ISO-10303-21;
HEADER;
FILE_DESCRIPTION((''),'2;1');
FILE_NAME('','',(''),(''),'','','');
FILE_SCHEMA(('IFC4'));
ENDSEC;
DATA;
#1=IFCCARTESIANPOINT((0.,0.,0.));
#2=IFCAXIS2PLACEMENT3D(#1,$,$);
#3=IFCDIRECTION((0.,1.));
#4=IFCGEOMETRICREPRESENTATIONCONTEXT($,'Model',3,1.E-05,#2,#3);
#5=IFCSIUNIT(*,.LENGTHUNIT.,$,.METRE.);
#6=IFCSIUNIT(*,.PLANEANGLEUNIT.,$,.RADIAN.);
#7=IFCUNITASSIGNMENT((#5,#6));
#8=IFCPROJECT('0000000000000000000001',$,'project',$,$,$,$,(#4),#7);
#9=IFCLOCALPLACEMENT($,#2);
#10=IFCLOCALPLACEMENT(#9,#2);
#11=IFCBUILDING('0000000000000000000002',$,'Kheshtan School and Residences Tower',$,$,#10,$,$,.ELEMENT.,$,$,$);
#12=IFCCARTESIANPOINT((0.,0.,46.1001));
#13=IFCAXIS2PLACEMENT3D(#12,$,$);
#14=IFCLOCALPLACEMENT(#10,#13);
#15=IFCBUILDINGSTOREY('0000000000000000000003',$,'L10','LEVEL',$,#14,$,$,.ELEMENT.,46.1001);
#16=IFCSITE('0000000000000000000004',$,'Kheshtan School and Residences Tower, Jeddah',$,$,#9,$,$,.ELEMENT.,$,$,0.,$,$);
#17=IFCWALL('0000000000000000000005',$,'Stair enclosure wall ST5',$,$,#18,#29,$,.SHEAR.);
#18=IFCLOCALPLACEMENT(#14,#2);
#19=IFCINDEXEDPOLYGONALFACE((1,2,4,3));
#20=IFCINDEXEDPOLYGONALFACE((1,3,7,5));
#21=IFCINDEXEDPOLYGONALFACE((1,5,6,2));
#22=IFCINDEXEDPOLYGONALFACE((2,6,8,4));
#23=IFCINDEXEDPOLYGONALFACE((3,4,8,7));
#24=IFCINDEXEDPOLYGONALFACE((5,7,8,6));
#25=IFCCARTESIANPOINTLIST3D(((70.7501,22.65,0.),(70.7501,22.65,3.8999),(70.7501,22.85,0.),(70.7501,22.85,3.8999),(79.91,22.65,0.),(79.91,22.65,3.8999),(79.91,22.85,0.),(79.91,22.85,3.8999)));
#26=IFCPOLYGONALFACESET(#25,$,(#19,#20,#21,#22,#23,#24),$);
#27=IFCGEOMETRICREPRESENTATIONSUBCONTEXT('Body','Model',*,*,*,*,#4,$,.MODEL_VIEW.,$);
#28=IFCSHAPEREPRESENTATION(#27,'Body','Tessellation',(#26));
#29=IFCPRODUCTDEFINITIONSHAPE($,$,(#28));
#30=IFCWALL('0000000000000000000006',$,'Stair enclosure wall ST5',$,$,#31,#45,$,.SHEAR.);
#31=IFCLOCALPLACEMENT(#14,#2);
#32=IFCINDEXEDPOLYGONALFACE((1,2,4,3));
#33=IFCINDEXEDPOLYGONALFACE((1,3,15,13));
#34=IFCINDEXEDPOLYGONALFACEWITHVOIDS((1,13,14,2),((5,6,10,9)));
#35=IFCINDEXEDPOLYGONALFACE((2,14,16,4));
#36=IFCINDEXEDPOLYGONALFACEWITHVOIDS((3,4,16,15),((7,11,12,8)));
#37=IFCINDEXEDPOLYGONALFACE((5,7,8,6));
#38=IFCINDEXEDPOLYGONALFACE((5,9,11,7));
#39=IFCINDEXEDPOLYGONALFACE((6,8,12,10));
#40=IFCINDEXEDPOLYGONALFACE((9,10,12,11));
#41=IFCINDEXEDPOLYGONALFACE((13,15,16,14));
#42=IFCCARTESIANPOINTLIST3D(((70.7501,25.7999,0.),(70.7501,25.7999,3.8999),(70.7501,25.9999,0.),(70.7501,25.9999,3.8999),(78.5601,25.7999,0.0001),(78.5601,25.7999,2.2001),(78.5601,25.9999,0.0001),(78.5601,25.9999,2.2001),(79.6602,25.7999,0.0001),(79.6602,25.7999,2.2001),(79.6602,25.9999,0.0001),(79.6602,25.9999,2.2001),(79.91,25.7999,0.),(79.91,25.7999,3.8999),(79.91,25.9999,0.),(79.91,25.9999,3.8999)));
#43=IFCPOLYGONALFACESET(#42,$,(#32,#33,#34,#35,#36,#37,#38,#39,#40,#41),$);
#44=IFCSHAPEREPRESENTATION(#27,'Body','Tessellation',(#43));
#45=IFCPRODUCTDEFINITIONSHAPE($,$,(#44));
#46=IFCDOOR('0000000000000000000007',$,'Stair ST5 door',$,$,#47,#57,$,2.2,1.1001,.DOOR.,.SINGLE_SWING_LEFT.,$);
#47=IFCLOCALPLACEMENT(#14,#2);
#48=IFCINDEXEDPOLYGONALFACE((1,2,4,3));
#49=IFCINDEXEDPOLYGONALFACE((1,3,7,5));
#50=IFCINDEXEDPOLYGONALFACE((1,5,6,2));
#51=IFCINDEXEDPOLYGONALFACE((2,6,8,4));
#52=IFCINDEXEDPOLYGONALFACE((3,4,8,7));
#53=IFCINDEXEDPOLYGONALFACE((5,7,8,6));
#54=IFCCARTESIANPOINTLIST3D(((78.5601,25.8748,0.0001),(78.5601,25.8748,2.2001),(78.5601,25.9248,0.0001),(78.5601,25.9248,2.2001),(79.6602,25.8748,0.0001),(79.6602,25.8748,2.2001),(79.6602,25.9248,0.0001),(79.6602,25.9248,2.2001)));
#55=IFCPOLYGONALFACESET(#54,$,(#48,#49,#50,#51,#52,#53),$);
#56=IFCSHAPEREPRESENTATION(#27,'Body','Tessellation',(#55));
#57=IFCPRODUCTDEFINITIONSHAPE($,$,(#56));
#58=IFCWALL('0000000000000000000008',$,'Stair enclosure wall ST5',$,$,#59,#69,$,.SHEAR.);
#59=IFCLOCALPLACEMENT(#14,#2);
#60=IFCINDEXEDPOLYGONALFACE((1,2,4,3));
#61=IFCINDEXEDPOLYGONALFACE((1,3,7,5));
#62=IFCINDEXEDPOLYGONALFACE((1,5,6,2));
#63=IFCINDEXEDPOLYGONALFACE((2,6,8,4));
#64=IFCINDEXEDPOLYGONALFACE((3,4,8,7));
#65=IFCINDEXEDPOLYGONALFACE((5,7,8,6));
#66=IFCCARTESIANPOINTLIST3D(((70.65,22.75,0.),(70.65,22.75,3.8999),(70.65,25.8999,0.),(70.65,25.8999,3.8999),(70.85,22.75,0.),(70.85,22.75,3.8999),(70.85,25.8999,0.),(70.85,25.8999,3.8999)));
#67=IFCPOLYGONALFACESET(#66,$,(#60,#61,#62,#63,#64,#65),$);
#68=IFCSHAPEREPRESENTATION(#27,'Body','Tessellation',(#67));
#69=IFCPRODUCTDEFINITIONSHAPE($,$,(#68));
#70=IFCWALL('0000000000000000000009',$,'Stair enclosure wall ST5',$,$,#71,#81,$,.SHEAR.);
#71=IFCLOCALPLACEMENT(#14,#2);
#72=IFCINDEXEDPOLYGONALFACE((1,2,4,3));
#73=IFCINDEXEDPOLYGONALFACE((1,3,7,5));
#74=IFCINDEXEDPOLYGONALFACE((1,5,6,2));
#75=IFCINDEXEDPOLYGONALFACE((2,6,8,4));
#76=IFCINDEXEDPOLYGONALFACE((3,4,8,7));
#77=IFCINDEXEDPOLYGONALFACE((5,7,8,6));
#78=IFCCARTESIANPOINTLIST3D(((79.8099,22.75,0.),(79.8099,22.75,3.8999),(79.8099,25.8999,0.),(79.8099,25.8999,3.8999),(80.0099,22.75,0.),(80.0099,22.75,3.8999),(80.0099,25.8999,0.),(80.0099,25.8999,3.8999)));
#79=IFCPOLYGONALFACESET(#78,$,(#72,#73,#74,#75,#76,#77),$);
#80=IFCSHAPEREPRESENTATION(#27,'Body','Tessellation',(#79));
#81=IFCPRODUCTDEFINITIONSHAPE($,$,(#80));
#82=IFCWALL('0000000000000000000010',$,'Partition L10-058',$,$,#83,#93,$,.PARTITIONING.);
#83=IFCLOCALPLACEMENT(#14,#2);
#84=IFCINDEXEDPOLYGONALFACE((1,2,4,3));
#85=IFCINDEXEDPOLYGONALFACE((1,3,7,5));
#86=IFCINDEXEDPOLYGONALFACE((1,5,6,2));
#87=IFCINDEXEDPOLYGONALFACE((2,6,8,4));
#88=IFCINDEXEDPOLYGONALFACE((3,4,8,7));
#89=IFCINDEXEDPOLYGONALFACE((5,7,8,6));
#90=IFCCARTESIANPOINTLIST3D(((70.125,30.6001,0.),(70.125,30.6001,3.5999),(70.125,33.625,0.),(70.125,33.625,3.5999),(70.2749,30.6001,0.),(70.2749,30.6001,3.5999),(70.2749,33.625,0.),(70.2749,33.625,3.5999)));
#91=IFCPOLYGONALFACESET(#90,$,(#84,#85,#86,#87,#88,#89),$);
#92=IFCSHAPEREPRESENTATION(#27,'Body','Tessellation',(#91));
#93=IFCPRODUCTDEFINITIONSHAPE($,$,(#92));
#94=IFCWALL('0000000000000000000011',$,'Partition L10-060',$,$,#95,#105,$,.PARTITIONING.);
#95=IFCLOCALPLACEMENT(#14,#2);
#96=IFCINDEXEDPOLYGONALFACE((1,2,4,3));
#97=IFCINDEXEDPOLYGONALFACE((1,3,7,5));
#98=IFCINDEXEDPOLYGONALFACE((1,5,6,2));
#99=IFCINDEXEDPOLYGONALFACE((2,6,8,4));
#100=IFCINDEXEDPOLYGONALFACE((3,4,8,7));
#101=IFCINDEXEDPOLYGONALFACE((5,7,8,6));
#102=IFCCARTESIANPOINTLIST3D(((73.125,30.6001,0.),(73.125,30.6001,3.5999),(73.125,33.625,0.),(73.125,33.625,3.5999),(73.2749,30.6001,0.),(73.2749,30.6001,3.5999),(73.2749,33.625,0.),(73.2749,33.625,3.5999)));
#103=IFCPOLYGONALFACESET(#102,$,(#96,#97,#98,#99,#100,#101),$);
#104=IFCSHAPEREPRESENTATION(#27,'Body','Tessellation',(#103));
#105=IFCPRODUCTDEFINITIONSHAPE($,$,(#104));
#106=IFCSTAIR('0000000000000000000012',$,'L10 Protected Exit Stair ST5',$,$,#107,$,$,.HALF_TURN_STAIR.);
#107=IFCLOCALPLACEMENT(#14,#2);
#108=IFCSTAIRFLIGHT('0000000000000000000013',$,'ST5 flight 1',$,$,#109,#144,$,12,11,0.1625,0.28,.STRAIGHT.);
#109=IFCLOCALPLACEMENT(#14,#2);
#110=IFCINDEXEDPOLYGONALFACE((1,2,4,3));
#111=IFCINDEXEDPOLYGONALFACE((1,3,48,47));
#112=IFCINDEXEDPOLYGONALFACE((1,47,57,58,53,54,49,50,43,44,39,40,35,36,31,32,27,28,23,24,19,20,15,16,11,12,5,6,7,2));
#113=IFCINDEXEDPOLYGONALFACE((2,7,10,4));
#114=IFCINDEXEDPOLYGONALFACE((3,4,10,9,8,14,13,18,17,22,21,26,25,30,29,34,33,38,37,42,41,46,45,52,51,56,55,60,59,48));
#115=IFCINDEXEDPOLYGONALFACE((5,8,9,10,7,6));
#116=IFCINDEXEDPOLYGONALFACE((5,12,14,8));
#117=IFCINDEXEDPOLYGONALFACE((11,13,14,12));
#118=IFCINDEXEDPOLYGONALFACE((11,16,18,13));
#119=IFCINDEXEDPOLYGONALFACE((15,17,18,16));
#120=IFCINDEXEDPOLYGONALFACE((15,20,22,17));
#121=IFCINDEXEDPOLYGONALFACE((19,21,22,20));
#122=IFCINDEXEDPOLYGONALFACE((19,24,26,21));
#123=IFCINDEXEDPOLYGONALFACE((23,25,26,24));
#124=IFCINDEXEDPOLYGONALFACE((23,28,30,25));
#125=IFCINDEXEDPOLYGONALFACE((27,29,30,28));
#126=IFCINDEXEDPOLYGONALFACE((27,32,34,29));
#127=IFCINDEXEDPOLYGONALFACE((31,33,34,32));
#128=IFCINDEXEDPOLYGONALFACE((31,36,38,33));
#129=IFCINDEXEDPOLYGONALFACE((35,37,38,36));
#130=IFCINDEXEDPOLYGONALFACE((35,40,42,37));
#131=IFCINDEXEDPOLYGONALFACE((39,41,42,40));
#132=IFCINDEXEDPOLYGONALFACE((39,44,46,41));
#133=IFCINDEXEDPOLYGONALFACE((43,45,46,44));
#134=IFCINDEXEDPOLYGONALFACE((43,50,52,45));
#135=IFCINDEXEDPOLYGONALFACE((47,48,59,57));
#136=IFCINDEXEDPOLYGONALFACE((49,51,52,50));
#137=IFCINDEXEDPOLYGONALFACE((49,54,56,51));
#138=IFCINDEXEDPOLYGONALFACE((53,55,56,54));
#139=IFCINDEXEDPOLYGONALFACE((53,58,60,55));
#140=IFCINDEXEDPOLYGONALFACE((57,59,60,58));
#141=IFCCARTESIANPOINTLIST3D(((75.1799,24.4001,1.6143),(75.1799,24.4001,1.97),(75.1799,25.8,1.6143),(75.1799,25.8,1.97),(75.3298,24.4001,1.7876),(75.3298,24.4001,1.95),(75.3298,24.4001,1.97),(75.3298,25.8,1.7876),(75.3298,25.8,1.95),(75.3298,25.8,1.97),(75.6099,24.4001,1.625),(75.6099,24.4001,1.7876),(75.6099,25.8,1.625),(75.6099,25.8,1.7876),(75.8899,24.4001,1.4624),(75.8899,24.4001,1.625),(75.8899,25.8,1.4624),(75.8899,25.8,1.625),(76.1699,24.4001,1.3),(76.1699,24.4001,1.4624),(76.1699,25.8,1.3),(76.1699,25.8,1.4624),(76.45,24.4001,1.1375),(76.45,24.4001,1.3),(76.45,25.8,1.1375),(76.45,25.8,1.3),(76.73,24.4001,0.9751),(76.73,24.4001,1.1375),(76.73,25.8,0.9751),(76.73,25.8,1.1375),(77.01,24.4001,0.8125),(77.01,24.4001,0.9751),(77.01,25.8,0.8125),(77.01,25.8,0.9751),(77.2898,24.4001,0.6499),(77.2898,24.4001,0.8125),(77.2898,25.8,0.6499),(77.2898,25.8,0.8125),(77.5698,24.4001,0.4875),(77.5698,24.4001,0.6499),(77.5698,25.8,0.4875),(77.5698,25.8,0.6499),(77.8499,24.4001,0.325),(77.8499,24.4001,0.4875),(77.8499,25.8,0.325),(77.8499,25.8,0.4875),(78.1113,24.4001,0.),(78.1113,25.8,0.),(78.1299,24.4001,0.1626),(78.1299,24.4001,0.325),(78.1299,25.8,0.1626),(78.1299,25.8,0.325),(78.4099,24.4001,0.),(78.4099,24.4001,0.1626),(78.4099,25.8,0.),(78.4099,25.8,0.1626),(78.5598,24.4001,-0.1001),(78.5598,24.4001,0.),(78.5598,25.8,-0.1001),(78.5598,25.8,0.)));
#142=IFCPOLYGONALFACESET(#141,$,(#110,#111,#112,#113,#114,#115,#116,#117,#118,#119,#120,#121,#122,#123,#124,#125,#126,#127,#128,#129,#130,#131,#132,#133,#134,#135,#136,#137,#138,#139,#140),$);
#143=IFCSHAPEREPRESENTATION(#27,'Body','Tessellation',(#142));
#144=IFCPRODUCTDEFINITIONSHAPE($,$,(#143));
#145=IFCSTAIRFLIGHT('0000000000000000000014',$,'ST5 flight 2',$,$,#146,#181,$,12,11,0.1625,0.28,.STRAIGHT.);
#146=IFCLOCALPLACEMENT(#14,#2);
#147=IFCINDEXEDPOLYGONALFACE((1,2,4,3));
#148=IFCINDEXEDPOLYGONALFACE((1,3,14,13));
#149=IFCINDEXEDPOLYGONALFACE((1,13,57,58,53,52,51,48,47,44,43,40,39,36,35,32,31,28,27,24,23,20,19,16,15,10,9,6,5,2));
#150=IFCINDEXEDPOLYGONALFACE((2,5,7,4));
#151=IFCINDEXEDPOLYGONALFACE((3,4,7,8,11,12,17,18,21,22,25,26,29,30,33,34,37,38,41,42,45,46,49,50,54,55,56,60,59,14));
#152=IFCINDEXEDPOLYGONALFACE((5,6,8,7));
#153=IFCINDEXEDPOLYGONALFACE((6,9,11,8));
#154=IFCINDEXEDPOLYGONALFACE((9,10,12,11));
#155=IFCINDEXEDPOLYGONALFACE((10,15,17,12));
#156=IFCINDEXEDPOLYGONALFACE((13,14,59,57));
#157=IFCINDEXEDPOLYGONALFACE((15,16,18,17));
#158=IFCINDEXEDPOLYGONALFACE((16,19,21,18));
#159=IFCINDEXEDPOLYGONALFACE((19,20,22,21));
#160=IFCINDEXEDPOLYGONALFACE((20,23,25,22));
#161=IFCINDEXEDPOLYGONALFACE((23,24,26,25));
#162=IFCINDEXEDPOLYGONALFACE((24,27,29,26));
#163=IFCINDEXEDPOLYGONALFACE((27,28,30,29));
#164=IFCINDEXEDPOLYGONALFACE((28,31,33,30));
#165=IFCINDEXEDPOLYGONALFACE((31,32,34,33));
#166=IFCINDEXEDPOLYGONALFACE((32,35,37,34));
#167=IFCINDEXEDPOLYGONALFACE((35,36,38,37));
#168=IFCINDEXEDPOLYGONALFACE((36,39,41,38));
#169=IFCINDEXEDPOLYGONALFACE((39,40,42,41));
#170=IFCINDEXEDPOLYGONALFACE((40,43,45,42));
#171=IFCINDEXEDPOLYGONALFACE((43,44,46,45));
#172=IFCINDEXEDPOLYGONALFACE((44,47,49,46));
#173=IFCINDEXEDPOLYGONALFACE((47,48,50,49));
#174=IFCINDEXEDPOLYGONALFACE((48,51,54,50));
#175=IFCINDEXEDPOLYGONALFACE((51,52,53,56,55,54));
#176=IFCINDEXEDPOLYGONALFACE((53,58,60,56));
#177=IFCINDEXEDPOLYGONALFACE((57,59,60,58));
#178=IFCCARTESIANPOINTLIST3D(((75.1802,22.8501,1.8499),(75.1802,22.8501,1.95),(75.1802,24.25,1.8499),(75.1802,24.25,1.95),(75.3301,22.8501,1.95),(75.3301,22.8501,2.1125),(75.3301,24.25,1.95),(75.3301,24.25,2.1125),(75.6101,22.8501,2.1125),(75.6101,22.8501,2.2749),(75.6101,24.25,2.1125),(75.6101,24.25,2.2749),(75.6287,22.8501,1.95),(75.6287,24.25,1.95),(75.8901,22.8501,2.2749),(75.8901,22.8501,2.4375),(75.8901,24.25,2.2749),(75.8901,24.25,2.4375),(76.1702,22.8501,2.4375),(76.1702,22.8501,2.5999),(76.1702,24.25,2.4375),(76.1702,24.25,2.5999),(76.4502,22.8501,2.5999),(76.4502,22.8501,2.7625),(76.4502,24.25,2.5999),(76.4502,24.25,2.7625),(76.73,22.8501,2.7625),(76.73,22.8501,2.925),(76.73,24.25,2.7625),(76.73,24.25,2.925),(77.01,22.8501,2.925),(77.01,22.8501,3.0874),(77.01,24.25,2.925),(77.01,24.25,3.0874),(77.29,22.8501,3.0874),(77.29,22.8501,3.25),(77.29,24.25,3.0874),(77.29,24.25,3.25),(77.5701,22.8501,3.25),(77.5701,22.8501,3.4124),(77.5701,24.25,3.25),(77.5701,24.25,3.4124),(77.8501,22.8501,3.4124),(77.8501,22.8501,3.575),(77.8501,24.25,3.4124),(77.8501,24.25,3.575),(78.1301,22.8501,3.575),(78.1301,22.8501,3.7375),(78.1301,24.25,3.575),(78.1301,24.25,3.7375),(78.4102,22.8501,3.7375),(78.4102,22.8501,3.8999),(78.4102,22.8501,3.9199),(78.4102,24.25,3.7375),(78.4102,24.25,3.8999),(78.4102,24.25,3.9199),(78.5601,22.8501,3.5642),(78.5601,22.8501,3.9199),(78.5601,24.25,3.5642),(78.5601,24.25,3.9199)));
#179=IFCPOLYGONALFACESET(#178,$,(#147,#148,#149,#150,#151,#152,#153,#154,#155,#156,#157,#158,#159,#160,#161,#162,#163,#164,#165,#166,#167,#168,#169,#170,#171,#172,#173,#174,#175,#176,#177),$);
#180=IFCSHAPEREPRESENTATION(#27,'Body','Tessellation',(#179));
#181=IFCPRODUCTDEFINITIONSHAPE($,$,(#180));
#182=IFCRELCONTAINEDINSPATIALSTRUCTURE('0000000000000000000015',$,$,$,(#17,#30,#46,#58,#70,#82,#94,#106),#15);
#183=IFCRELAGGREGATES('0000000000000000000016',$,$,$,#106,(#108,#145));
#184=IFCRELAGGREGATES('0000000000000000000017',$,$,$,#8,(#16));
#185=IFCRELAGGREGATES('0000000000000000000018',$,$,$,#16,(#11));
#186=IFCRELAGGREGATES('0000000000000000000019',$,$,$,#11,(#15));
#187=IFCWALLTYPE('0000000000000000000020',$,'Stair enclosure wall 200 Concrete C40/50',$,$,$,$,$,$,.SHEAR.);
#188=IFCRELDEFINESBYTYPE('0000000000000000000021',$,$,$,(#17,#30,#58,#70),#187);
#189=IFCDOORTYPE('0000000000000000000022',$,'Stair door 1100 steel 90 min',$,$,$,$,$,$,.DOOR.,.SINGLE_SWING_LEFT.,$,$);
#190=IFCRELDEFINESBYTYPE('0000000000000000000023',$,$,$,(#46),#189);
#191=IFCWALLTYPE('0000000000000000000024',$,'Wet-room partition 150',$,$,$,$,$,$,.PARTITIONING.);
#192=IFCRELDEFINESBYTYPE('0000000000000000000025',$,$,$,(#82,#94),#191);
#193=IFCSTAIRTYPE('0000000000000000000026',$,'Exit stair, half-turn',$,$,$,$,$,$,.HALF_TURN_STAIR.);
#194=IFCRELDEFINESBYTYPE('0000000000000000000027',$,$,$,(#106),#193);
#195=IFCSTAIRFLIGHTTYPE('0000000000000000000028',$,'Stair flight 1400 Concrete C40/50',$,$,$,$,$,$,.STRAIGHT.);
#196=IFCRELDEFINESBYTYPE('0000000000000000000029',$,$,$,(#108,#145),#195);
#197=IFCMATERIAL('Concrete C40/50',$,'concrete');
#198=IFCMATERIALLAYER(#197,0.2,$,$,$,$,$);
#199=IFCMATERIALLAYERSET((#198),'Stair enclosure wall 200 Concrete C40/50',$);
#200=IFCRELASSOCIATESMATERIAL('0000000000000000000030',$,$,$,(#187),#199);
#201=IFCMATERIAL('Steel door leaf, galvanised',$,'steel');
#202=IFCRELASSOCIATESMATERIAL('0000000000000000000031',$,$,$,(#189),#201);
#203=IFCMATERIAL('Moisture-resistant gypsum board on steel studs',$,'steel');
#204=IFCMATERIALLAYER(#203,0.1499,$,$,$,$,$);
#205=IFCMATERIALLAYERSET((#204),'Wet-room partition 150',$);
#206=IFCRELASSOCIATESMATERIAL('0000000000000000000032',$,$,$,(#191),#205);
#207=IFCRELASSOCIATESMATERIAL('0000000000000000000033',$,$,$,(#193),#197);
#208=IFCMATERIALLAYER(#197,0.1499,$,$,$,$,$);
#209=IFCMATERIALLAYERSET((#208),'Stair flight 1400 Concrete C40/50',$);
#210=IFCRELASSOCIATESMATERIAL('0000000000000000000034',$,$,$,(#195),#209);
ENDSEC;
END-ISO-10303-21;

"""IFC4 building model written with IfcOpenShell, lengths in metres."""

from ifc_helpers import new_model, si_unit, direction, frame, frame_2d, origin, place, context, subcontext, project, spatial, polyline, rectangle, outline, extrude, source, transform, mapped, material, layer, layer_set, type_object, element, fill, aggregate, save


model = new_model("IFC4")

# Units and contexts
model_context = context("Model", 3, precision=1e-05, world=origin(), true_north=direction((0.0, 1.0)))
body_context = subcontext(model_context, "Body", "Model", "MODEL_VIEW")
ifc_project = project(units=[si_unit("LENGTHUNIT", "METRE"), si_unit("PLANEANGLEUNIT", "RADIAN")], contexts=[model_context])

# Site, building, storey
site_placement = place(None, origin())
site = spatial("IfcSite", under=ifc_project, at=site_placement, Name="Kheshtan School and Residences Tower, Jeddah", CompositionType="ELEMENT", RefElevation=0.0)
building_placement = place(site_placement, origin())
building = spatial("IfcBuilding", under=site, at=building_placement, Name="Kheshtan School and Residences Tower", CompositionType="ELEMENT")
storey_placement = place(building_placement, frame((0.0, 0.0, 46.1001)))
storey = spatial("IfcBuildingStorey", under=building, at=storey_placement, Name="L10", Description="LEVEL", CompositionType="ELEMENT", Elevation=46.1001)

# Shared definitions
ifc_material_1 = material(Name="Steel door leaf, galvanised", Category="steel")

# Shared definitions
ifc_material_2 = material(Name="Concrete C40/50", Category="concrete")
ifc_layer_1 = layer(ifc_material_2, 0.2)
ifc_layer_set_1 = layer_set([ifc_layer_1], Name="Stair enclosure wall 200 Concrete C40/50")
wall_type_1 = type_object("IfcWallType", Name="Stair enclosure wall 200 Concrete C40/50", PredefinedType="SHEAR", material=ifc_layer_set_1)

# Shared definitions
door_type_1 = type_object("IfcDoorType", Name="Stair door 1100 steel 90 min", OperationType="SINGLE_SWING_LEFT", PredefinedType="DOOR", material=ifc_material_1)
shared_shape_1 = source(origin(), body_context, "Body", "SweptSolid", [
    extrude(rectangle(XDim=1.1001, YDim=2.2, at=frame_2d((0.55, 1.1001))), frame((0.0, 0.0249, 0.0), z_axis=(0.0, -1.0, 0.0), x_axis=(1.0, 0.0, 0.0)), (0.0, 0.0, 1.0), 0.05),
])

# Wall
wall_1_placement = place(storey_placement, frame((70.75, 22.75, 0.0), z_axis=(0.0, 0.0, 1.0), x_axis=(1.0, 0.0, 0.0)))
element("IfcWall", 1, at=wall_1_placement, inside=storey, type_object=wall_type_1, Name="Stair enclosure wall ST5", PredefinedType="SHEAR", context=body_context, shape_type="SweptSolid", body=[
    extrude(rectangle(XDim=9.1599, YDim=0.2, at=frame_2d((4.5801, 0.0))), origin(), (0.0, 0.0, 1.0), 3.8999),
])

# Wall, opening, door
wall_2_placement = place(storey_placement, frame((70.75, 25.8999, 0.0), z_axis=(0.0, 0.0, 1.0), x_axis=(1.0, 0.0, 0.0)))
wall_2 = element("IfcWall", 2, at=wall_2_placement, inside=storey, type_object=wall_type_1, Name="Stair enclosure wall ST5", PredefinedType="SHEAR", context=body_context, shape_type="SweptSolid", body=[
    extrude(rectangle(XDim=9.1599, YDim=0.2, at=frame_2d((4.5801, 0.0))), origin(), (0.0, 0.0, 1.0), 3.8999),
])
opening_1_placement = place(wall_2_placement, frame((7.8101, 0.0, 0.0)))
opening_1 = element("IfcOpeningElement", 3, at=opening_1_placement, cuts=wall_2, PredefinedType="OPENING", context=body_context, shape_type="SweptSolid", body=[
    extrude(rectangle(XDim=1.1001, YDim=2.2, at=frame_2d((0.55, 1.1001))), frame((0.0, 0.1099, 0.0), z_axis=(0.0, -1.0, 0.0), x_axis=(1.0, 0.0, 0.0)), (0.0, 0.0, 1.0), 0.22),
])
door_1_placement = place(opening_1_placement, origin())
door_1 = element("IfcDoor", 4, at=door_1_placement, inside=storey, type_object=door_type_1, Name="Stair ST5 door", OperationType="SINGLE_SWING_LEFT", OverallHeight=2.2, OverallWidth=1.1001, PredefinedType="DOOR", context=body_context, shape_type="MappedRepresentation", body=[
    mapped(shared_shape_1, transform((0.0, 0.0, 0.0), x_axis=(1.0, 0.0, 0.0), y_axis=(0.0, 1.0, 0.0), z_axis=(0.0, 0.0, 1.0), scale=1.0)),
])
fill(opening_1, door_1)

# Walls
for number, where, z_axis, x_axis, name in (
    (5, (70.75, 22.75, 0.0), (0.0, 0.0, 1.0), (0.0, 1.0, 0.0), "Stair enclosure wall ST5"),
    (6, (79.9099, 22.75, 0.0), (0.0, 0.0, 1.0), (0.0, 1.0, 0.0), "Stair enclosure wall ST5"),
):
    element("IfcWall", number, at=place(storey_placement, frame(where, z_axis=z_axis, x_axis=x_axis)), inside=storey, type_object=wall_type_1, Name=name, PredefinedType="SHEAR", context=body_context, shape_type="SweptSolid", body=[
        extrude(rectangle(XDim=3.1499, YDim=0.2, at=frame_2d((1.575, 0.0))), origin(), (0.0, 0.0, 1.0), 3.8999),
    ])
ifc_material_3 = material(Name="Moisture-resistant gypsum board on steel studs", Category="steel")
ifc_layer_2 = layer(ifc_material_3, 0.1499)
ifc_layer_set_2 = layer_set([ifc_layer_2], Name="Wet-room partition 150")
wall_type_2 = type_object("IfcWallType", Name="Wet-room partition 150", PredefinedType="PARTITIONING", material=ifc_layer_set_2)
for number, where, z_axis, x_axis, name in (
    (7, (70.2, 30.6001, 0.0), (0.0, 0.0, 1.0), (0.0, 1.0, 0.0), "Partition L10-058"),
    (8, (73.2, 30.6001, 0.0), (0.0, 0.0, 1.0), (0.0, 1.0, 0.0), "Partition L10-060"),
):
    element("IfcWall", number, at=place(storey_placement, frame(where, z_axis=z_axis, x_axis=x_axis)), inside=storey, type_object=wall_type_2, Name=name, PredefinedType="PARTITIONING", context=body_context, shape_type="SweptSolid", body=[
        extrude(rectangle(XDim=3.0249, YDim=0.1499, at=frame_2d((1.5125, 0.0))), origin(), (0.0, 0.0, 1.0), 3.5999),
    ])

# Stair, stair flights
stair_type = type_object("IfcStairType", Name="Exit stair, half-turn", PredefinedType="HALF_TURN_STAIR", material=ifc_material_2)
stair_placement = place(storey_placement, origin())
stair = element("IfcStair", 9, at=stair_placement, inside=storey, type_object=stair_type, Name="L10 Protected Exit Stair ST5", PredefinedType="HALF_TURN_STAIR")
ifc_layer_3 = layer(ifc_material_2, 0.1499)
ifc_layer_set_3 = layer_set([ifc_layer_3], Name="Stair flight 1400 Concrete C40/50")
stair_flight_type = type_object("IfcStairFlightType", Name="Stair flight 1400 Concrete C40/50", PredefinedType="STRAIGHT", material=ifc_layer_set_3)
stair_flight_1_placement = place(storey_placement, frame((78.4099, 25.1001, 0.0), z_axis=(0.0, 0.0, 1.0), x_axis=(-1.0, 0.0, 0.0)))
stair_flight_1 = element("IfcStairFlight", 10, at=stair_flight_1_placement, type_object=stair_flight_type, Name="ST5 flight 1", NumberOfRisers=12, NumberOfTreads=11, PredefinedType="STRAIGHT", RiserHeight=0.1625, TreadLength=0.28, context=body_context, shape_type="SweptSolid", body=[
    extrude(outline(polyline([(-0.1499, -0.1001), (-0.1499, 0.0), (0.0, 0.0), (0.0, 0.1626), (0.28, 0.1626), (0.28, 0.325), (0.5601, 0.325), (0.5601, 0.4875), (0.8401, 0.4875), (0.8401, 0.6499), (1.1201, 0.6499), (1.1201, 0.8125), (1.3999, 0.8125), (1.3999, 0.9751), (1.6799, 0.9751), (1.6799, 1.1375), (1.96, 1.1375), (1.96, 1.3), (2.24, 1.3), (2.24, 1.4624), (2.52, 1.4624), (2.52, 1.625), (2.8, 1.625), (2.8, 1.7876), (3.0801, 1.7876), (3.0801, 1.95), (3.0801, 1.97), (3.23, 1.97), (3.23, 1.6143), (0.2986, 0.0), (-0.1499, -0.1001)])), frame((0.0, 0.7, 0.0), z_axis=(0.0, -1.0, 0.0), x_axis=(1.0, 0.0, 0.0)), (0.0, 0.0, 1.0), 1.3999),
])
stair_flight_2_placement = place(storey_placement, frame((75.3301, 23.55, 1.95), z_axis=(0.0, 0.0, 1.0), x_axis=(1.0, 0.0, 0.0)))
stair_flight_2 = element("IfcStairFlight", 11, at=stair_flight_2_placement, type_object=stair_flight_type, Name="ST5 flight 2", NumberOfRisers=12, NumberOfTreads=11, PredefinedType="STRAIGHT", RiserHeight=0.1625, TreadLength=0.28, context=body_context, shape_type="SweptSolid", body=[
    extrude(outline(polyline([(-0.1499, -0.1001), (-0.1499, 0.0), (0.0, 0.0), (0.0, 0.1626), (0.28, 0.1626), (0.28, 0.325), (0.5601, 0.325), (0.5601, 0.4875), (0.8401, 0.4875), (0.8401, 0.6499), (1.1201, 0.6499), (1.1201, 0.8125), (1.3999, 0.8125), (1.3999, 0.9751), (1.6799, 0.9751), (1.6799, 1.1375), (1.96, 1.1375), (1.96, 1.3), (2.24, 1.3), (2.24, 1.4624), (2.52, 1.4624), (2.52, 1.625), (2.8, 1.625), (2.8, 1.7876), (3.0801, 1.7876), (3.0801, 1.95), (3.0801, 1.97), (3.23, 1.97), (3.23, 1.6143), (0.2986, 0.0), (-0.1499, -0.1001)])), frame((0.0, 0.7, 0.0), z_axis=(0.0, -1.0, 0.0), x_axis=(1.0, 0.0, 0.0)), (0.0, 0.0, 1.0), 1.3999),
])
aggregate(stair, [stair_flight_1, stair_flight_2])

save(model, "model.ifc")
